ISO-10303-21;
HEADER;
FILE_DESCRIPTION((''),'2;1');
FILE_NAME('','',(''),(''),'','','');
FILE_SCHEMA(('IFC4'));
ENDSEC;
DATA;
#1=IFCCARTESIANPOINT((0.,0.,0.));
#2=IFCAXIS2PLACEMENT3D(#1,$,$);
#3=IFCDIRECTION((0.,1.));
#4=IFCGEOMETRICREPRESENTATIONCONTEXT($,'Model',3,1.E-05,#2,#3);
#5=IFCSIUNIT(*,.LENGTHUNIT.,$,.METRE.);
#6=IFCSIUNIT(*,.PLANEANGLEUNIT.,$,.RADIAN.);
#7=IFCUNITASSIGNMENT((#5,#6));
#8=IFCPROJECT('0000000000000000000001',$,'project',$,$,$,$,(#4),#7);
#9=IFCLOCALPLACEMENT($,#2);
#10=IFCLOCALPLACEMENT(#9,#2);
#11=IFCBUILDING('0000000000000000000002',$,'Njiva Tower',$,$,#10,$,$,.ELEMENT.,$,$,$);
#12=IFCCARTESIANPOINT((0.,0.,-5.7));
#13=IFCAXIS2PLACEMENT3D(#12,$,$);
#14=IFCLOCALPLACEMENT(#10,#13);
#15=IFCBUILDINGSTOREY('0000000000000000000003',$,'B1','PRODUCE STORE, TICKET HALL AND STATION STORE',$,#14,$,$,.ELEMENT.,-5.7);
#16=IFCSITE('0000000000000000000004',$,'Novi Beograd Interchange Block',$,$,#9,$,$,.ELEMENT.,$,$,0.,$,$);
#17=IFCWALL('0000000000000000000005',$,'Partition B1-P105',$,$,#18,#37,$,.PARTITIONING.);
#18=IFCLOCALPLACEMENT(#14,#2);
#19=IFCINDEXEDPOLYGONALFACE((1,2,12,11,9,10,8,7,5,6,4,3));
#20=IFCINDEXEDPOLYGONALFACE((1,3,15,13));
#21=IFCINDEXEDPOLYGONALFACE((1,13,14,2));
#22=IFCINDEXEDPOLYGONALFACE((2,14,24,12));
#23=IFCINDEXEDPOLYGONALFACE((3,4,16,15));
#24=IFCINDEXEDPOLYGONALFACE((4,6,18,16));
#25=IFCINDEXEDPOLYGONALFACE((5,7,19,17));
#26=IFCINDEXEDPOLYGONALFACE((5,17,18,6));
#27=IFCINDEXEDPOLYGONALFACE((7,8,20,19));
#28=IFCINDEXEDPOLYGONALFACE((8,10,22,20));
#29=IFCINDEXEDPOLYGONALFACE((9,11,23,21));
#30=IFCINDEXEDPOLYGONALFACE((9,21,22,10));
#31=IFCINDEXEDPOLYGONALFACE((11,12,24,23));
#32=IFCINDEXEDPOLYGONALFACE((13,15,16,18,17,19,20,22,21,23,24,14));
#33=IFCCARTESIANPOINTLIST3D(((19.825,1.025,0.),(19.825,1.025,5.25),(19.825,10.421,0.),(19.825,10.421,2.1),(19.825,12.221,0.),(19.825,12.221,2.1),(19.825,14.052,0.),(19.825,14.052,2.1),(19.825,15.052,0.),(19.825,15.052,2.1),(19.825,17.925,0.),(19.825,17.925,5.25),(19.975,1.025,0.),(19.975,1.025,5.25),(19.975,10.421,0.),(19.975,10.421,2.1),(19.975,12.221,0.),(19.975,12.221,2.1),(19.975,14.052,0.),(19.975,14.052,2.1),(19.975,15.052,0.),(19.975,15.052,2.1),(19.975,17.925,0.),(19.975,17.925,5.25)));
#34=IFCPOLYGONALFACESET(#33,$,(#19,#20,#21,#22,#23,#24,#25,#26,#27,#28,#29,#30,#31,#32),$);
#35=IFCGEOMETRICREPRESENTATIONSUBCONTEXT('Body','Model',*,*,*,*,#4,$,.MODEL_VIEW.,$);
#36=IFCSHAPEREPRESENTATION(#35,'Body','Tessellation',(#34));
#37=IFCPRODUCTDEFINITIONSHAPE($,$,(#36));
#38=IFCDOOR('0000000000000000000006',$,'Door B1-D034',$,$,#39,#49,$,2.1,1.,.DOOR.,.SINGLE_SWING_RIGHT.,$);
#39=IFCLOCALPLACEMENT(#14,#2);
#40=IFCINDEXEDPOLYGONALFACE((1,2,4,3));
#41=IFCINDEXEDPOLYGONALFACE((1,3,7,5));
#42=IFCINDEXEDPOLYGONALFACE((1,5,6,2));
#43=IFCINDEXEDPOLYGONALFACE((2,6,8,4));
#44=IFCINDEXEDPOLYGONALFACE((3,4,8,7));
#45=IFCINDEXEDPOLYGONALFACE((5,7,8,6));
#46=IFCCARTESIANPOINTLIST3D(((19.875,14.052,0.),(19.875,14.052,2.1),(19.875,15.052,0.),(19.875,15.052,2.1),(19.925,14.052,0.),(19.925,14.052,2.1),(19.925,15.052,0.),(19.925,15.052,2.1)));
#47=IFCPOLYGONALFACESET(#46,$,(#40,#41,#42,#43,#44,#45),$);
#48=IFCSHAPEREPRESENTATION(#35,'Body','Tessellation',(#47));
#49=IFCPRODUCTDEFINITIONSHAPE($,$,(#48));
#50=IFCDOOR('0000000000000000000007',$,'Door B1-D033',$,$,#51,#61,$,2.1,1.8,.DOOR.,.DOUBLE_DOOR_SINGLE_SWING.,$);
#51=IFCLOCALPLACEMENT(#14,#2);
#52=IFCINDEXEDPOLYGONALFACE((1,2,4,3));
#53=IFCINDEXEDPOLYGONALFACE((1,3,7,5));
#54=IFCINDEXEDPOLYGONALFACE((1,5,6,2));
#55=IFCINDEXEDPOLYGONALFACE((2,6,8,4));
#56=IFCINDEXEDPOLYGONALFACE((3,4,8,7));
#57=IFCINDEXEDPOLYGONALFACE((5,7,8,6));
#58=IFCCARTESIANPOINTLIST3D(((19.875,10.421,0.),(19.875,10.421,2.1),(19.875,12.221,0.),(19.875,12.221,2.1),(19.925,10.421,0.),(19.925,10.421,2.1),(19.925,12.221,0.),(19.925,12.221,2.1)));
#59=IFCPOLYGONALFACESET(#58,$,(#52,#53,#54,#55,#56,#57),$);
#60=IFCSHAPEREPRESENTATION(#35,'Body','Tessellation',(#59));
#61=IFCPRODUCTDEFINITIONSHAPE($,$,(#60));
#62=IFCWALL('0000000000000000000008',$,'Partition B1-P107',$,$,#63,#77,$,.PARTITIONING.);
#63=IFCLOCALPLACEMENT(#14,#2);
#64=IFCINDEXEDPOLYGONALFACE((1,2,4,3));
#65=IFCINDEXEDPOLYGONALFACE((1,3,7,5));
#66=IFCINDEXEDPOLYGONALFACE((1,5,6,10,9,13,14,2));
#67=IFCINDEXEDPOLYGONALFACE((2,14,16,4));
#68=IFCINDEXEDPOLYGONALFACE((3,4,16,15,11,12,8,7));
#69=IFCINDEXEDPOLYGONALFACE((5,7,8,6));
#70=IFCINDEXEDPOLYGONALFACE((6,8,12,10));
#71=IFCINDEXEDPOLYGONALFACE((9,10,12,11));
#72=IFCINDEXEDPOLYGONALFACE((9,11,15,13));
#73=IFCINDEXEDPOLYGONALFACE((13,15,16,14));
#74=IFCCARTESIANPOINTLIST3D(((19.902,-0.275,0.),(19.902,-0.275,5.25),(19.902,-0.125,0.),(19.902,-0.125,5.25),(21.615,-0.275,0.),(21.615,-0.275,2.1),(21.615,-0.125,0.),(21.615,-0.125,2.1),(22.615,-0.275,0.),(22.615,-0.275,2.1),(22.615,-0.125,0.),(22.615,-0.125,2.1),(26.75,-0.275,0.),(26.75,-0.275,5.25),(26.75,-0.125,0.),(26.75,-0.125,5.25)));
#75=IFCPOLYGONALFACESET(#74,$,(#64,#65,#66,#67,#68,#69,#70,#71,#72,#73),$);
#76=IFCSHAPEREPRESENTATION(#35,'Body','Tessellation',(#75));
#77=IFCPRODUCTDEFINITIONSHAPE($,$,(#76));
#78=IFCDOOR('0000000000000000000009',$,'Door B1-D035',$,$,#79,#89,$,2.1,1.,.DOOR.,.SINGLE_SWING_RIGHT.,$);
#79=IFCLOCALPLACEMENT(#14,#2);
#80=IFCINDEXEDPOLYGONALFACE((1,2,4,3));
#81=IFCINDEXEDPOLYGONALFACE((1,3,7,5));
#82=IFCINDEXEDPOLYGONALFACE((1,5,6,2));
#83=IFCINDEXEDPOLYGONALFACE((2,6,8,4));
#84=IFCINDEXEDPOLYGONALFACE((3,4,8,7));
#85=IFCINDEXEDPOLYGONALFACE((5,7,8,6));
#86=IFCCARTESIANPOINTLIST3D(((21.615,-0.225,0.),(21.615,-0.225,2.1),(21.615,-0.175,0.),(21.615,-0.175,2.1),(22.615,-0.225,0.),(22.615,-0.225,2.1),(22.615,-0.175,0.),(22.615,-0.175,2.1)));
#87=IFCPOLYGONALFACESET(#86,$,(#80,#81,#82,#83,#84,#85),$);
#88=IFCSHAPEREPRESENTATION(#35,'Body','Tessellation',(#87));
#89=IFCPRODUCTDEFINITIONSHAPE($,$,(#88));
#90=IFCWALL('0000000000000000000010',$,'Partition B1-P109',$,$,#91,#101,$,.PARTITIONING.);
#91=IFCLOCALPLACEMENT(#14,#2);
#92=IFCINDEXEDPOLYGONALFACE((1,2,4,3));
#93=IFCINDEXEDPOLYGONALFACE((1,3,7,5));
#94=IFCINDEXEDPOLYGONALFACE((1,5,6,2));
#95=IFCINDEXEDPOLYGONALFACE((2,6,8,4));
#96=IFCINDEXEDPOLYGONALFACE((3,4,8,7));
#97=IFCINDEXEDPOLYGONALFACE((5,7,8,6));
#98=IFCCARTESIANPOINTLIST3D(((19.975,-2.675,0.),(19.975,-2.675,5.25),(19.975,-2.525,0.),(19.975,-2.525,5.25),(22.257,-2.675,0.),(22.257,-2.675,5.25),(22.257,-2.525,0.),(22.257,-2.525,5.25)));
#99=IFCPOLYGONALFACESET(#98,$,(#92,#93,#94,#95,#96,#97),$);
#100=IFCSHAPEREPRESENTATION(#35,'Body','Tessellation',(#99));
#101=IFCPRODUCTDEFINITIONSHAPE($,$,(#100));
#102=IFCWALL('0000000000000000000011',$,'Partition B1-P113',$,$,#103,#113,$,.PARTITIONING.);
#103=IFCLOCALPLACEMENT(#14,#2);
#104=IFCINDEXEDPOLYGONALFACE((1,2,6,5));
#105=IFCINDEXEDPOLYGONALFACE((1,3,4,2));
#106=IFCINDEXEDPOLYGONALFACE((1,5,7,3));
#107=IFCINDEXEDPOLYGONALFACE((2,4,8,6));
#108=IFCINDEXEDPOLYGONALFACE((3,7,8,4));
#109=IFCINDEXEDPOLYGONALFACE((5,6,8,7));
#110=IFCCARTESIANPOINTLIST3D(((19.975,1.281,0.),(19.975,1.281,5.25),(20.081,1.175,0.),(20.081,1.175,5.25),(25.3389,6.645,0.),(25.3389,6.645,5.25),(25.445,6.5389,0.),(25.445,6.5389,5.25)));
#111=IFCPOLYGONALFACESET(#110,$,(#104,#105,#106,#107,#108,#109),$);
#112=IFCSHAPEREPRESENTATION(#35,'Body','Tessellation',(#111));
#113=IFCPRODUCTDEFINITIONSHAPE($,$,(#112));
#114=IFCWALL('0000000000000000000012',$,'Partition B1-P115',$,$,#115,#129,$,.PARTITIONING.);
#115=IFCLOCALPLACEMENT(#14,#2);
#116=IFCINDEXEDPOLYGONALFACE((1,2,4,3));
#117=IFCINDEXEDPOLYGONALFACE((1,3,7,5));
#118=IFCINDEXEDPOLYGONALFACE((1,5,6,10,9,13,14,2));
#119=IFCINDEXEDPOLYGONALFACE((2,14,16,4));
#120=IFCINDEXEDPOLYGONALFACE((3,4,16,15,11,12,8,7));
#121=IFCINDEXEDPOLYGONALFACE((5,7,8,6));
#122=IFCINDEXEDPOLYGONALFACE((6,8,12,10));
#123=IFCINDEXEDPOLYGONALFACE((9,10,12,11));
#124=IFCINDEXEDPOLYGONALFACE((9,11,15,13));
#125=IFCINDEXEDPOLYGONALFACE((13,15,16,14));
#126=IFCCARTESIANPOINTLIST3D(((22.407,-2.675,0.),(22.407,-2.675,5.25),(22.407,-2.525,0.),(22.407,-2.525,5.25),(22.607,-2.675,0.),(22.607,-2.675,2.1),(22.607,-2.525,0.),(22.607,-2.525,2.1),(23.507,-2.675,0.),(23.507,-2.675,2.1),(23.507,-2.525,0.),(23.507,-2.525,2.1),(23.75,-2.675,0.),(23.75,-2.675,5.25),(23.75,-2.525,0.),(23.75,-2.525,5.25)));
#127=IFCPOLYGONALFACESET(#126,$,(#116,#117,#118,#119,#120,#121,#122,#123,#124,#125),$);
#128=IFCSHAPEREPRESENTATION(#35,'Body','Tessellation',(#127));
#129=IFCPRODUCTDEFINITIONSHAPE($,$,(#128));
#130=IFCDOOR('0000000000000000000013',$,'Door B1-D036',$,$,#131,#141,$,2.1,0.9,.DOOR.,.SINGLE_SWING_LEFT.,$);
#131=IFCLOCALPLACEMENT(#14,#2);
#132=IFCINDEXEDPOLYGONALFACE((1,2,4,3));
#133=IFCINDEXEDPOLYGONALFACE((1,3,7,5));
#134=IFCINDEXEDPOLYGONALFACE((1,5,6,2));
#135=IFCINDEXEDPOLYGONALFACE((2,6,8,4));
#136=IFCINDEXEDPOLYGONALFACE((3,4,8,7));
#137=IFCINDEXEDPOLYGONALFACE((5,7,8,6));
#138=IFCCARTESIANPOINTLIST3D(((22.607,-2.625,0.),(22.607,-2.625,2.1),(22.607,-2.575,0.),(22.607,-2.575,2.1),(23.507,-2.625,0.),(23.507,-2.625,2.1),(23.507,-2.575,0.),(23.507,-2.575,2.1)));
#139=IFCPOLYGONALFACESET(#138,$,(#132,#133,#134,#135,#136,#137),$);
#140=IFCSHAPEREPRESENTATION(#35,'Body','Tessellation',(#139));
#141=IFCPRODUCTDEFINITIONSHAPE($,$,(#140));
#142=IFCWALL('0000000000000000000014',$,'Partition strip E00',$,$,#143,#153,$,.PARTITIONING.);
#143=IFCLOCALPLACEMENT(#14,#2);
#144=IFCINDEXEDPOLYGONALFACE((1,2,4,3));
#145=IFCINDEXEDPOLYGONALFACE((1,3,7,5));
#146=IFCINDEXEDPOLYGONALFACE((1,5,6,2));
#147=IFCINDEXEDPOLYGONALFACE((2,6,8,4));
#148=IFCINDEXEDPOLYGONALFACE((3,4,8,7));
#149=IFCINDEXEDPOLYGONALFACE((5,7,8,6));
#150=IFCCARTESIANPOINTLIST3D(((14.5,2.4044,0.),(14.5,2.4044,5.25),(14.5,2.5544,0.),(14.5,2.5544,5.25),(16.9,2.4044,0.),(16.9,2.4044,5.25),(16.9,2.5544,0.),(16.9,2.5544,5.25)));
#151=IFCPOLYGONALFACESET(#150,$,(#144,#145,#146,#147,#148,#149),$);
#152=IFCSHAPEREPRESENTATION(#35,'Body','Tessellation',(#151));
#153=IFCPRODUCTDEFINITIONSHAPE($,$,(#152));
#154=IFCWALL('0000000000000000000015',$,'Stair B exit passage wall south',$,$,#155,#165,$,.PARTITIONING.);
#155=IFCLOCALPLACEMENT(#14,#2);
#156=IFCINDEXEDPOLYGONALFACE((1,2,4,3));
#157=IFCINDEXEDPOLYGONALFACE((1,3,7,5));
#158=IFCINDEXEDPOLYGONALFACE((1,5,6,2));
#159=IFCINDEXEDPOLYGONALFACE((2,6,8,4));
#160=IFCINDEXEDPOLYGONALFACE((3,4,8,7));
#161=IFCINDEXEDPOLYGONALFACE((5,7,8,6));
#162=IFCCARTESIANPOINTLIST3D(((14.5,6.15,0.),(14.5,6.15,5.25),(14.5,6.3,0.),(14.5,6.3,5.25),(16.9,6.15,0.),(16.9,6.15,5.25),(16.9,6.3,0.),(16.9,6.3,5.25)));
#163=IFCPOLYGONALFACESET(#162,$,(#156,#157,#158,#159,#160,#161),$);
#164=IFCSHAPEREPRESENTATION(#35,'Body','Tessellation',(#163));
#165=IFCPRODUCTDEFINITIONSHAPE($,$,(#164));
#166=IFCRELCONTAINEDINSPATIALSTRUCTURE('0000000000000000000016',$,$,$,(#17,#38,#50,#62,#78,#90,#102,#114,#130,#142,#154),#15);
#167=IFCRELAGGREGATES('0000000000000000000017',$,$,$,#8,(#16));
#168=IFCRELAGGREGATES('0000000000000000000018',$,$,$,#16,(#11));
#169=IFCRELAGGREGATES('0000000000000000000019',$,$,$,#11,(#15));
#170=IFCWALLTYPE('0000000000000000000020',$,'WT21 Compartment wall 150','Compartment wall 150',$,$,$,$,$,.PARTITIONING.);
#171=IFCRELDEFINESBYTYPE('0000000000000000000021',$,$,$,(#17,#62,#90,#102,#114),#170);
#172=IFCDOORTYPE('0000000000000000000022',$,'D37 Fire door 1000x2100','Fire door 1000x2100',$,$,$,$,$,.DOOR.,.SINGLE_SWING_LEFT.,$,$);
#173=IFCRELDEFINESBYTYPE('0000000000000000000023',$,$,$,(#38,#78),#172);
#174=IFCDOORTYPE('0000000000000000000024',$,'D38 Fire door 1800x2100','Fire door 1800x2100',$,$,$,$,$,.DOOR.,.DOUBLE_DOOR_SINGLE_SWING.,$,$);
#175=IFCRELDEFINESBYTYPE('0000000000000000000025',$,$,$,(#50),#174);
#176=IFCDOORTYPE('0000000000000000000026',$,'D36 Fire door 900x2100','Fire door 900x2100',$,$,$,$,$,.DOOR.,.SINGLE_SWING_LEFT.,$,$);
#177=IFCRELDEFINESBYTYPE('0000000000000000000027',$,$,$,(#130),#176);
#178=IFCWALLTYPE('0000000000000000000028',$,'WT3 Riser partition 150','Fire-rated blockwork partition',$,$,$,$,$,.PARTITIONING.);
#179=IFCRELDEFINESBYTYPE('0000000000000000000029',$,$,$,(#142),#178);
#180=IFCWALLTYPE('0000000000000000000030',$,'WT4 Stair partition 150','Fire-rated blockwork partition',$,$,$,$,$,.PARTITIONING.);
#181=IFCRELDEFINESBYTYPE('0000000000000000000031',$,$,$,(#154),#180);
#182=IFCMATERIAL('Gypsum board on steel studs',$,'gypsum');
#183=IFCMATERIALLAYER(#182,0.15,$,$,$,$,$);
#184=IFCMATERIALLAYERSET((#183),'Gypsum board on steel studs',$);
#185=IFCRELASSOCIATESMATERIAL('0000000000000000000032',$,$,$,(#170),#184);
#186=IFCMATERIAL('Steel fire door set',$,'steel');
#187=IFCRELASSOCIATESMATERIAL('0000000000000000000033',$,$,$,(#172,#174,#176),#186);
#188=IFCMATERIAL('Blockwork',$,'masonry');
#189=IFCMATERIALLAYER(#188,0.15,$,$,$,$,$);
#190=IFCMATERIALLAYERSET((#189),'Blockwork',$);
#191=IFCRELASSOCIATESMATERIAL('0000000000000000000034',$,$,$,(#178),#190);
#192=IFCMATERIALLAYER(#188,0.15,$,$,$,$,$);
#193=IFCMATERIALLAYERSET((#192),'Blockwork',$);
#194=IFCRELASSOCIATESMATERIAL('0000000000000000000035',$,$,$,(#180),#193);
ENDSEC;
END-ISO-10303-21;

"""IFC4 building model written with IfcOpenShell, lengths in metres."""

from ifc_helpers import new_model, si_unit, direction, frame, frame_2d, origin, place, context, subcontext, project, spatial, rectangle, extrude, material, layer, layer_set, type_object, element, fill, save


model = new_model("IFC4")

# Units and contexts
model_context = context("Model", 3, precision=1e-05, world=origin(), true_north=direction((0.0, 1.0)))
body_context = subcontext(model_context, "Body", "Model", "MODEL_VIEW")
ifc_project = project(units=[si_unit("LENGTHUNIT", "METRE"), si_unit("PLANEANGLEUNIT", "RADIAN")], contexts=[model_context])

# Site, building, storey
site_placement = place(None, origin())
site = spatial("IfcSite", under=ifc_project, at=site_placement, Name="Novi Beograd Interchange Block", CompositionType="ELEMENT", RefElevation=0.0)
building_placement = place(site_placement, origin())
building = spatial("IfcBuilding", under=site, at=building_placement, Name="Njiva Tower", CompositionType="ELEMENT")
storey_placement = place(building_placement, frame((0.0, 0.0, -5.7)))
storey = spatial("IfcBuildingStorey", under=building, at=storey_placement, Name="B1", Description="PRODUCE STORE, TICKET HALL AND STATION STORE", CompositionType="ELEMENT", Elevation=-5.7)

# Shared definitions
ifc_material_1 = material(Name="Gypsum board on steel studs", Category="gypsum")
ifc_layer_1 = layer(ifc_material_1, 0.15)
ifc_layer_set_1 = layer_set([ifc_layer_1], Name="Gypsum board on steel studs")
wall_type_1 = type_object("IfcWallType", Name="WT21 Compartment wall 150", Description="Compartment wall 150", PredefinedType="PARTITIONING", material=ifc_layer_set_1)

# Wall, openings, doors
wall_1_placement = place(storey_placement, frame((19.9, 1.025, 0.0), z_axis=(0.0, 0.0, 1.0), x_axis=(0.0, 1.0, 0.0)))
wall_1 = element("IfcWall", 1, at=wall_1_placement, inside=storey, type_object=wall_type_1, Name="Partition B1-P105", PredefinedType="PARTITIONING", context=body_context, shape_type="SweptSolid", body=[
    extrude(rectangle(XDim=16.9, YDim=0.15, at=frame_2d((8.45, 0.0))), origin(), (0.0, 0.0, 1.0), 5.25),
])
opening_1_placement = place(wall_1_placement, frame((9.396, 0.0, 0.0)))
opening_1 = element("IfcOpeningElement", 2, at=opening_1_placement, cuts=wall_1, PredefinedType="OPENING", context=body_context, shape_type="SweptSolid", body=[
    extrude(rectangle(XDim=1.8, YDim=2.1, at=frame_2d((0.9, 1.05))), frame((0.0, 0.085, 0.0), z_axis=(0.0, -1.0, 0.0), x_axis=(1.0, 0.0, 0.0)), (0.0, 0.0, 1.0), 0.17),
])
opening_2_placement = place(wall_1_placement, frame((13.027, 0.0, 0.0)))
opening_2 = element("IfcOpeningElement", 3, at=opening_2_placement, cuts=wall_1, PredefinedType="OPENING", context=body_context, shape_type="SweptSolid", body=[
    extrude(rectangle(XDim=1.0, YDim=2.1, at=frame_2d((0.5, 1.05))), frame((0.0, 0.085, 0.0), z_axis=(0.0, -1.0, 0.0), x_axis=(1.0, 0.0, 0.0)), (0.0, 0.0, 1.0), 0.17),
])
ifc_material_2 = material(Name="Steel fire door set", Category="steel")
door_type_1 = type_object("IfcDoorType", Name="D37 Fire door 1000x2100", Description="Fire door 1000x2100", OperationType="SINGLE_SWING_LEFT", PredefinedType="DOOR", material=ifc_material_2)
door_1_placement = place(opening_2_placement, origin())
door_1 = element("IfcDoor", 4, at=door_1_placement, inside=storey, type_object=door_type_1, Name="Door B1-D034", OperationType="SINGLE_SWING_RIGHT", OverallHeight=2.1, OverallWidth=1.0, PredefinedType="DOOR", context=body_context, shape_type="SweptSolid", body=[
    extrude(rectangle(XDim=1.0, YDim=2.1, at=frame_2d((0.5, 1.05))), frame((0.0, 0.025, 0.0), z_axis=(0.0, -1.0, 0.0), x_axis=(1.0, 0.0, 0.0)), (0.0, 0.0, 1.0), 0.05),
])
fill(opening_2, door_1)
door_type_2 = type_object("IfcDoorType", Name="D38 Fire door 1800x2100", Description="Fire door 1800x2100", OperationType="DOUBLE_DOOR_SINGLE_SWING", PredefinedType="DOOR", material=ifc_material_2)
door_2_placement = place(opening_1_placement, origin())
door_2 = element("IfcDoor", 5, at=door_2_placement, inside=storey, type_object=door_type_2, Name="Door B1-D033", OperationType="DOUBLE_DOOR_SINGLE_SWING", OverallHeight=2.1, OverallWidth=1.8, PredefinedType="DOOR", context=body_context, shape_type="SweptSolid", body=[
    extrude(rectangle(XDim=1.8, YDim=2.1, at=frame_2d((0.9, 1.05))), frame((0.0, 0.025, 0.0), z_axis=(0.0, -1.0, 0.0), x_axis=(1.0, 0.0, 0.0)), (0.0, 0.0, 1.0), 0.05),
])
fill(opening_1, door_2)

# Wall, opening, door
wall_2_placement = place(storey_placement, frame((19.902, -0.2, 0.0), z_axis=(0.0, 0.0, 1.0), x_axis=(1.0, 0.0, 0.0)))
wall_2 = element("IfcWall", 6, at=wall_2_placement, inside=storey, type_object=wall_type_1, Name="Partition B1-P107", PredefinedType="PARTITIONING", context=body_context, shape_type="SweptSolid", body=[
    extrude(rectangle(XDim=6.848, YDim=0.15, at=frame_2d((3.424, 0.0))), origin(), (0.0, 0.0, 1.0), 5.25),
])
opening_3_placement = place(wall_2_placement, frame((1.713, 0.0, 0.0)))
opening_3 = element("IfcOpeningElement", 7, at=opening_3_placement, cuts=wall_2, PredefinedType="OPENING", context=body_context, shape_type="SweptSolid", body=[
    extrude(rectangle(XDim=1.0, YDim=2.1, at=frame_2d((0.5, 1.05))), frame((0.0, 0.085, 0.0), z_axis=(0.0, -1.0, 0.0), x_axis=(1.0, 0.0, 0.0)), (0.0, 0.0, 1.0), 0.17),
])
door_3_placement = place(opening_3_placement, origin())
door_3 = element("IfcDoor", 8, at=door_3_placement, inside=storey, type_object=door_type_1, Name="Door B1-D035", OperationType="SINGLE_SWING_RIGHT", OverallHeight=2.1, OverallWidth=1.0, PredefinedType="DOOR", context=body_context, shape_type="SweptSolid", body=[
    extrude(rectangle(XDim=1.0, YDim=2.1, at=frame_2d((0.5, 1.05))), frame((0.0, 0.025, 0.0), z_axis=(0.0, -1.0, 0.0), x_axis=(1.0, 0.0, 0.0)), (0.0, 0.0, 1.0), 0.05),
])
fill(opening_3, door_3)

# Walls
wall_3_placement = place(storey_placement, frame((19.975, -2.6, 0.0), z_axis=(0.0, 0.0, 1.0), x_axis=(1.0, 0.0, 0.0)))
element("IfcWall", 9, at=wall_3_placement, inside=storey, type_object=wall_type_1, Name="Partition B1-P109", PredefinedType="PARTITIONING", context=body_context, shape_type="SweptSolid", body=[
    extrude(rectangle(XDim=2.282, YDim=0.15, at=frame_2d((1.141, 0.0))), origin(), (0.0, 0.0, 1.0), 5.25),
])
wall_4_placement = place(storey_placement, frame((20.028, 1.228, 0.0), z_axis=(0.0, 0.0, 1.0), x_axis=(0.707107, 0.707107, 0.0)))
element("IfcWall", 10, at=wall_4_placement, inside=storey, type_object=wall_type_1, Name="Partition B1-P113", PredefinedType="PARTITIONING", context=body_context, shape_type="SweptSolid", body=[
    extrude(rectangle(XDim=7.5858, YDim=0.15, at=frame_2d((3.7929, 0.0))), origin(), (0.0, 0.0, 1.0), 5.25),
])

# Wall, opening, door
wall_5_placement = place(storey_placement, frame((22.407, -2.6, 0.0), z_axis=(0.0, 0.0, 1.0), x_axis=(1.0, 0.0, 0.0)))
wall_5 = element("IfcWall", 11, at=wall_5_placement, inside=storey, type_object=wall_type_1, Name="Partition B1-P115", PredefinedType="PARTITIONING", context=body_context, shape_type="SweptSolid", body=[
    extrude(rectangle(XDim=1.343, YDim=0.15, at=frame_2d((0.6715, 0.0))), origin(), (0.0, 0.0, 1.0), 5.25),
])
opening_4_placement = place(wall_5_placement, frame((0.2, 0.0, 0.0)))
opening_4 = element("IfcOpeningElement", 12, at=opening_4_placement, cuts=wall_5, PredefinedType="OPENING", context=body_context, shape_type="SweptSolid", body=[
    extrude(rectangle(XDim=0.9, YDim=2.1, at=frame_2d((0.45, 1.05))), frame((0.0, 0.085, 0.0), z_axis=(0.0, -1.0, 0.0), x_axis=(1.0, 0.0, 0.0)), (0.0, 0.0, 1.0), 0.17),
])
door_type_3 = type_object("IfcDoorType", Name="D36 Fire door 900x2100", Description="Fire door 900x2100", OperationType="SINGLE_SWING_LEFT", PredefinedType="DOOR", material=ifc_material_2)
door_4_placement = place(opening_4_placement, origin())
door_4 = element("IfcDoor", 13, at=door_4_placement, inside=storey, type_object=door_type_3, Name="Door B1-D036", OperationType="SINGLE_SWING_LEFT", OverallHeight=2.1, OverallWidth=0.9, PredefinedType="DOOR", context=body_context, shape_type="SweptSolid", body=[
    extrude(rectangle(XDim=0.9, YDim=2.1, at=frame_2d((0.45, 1.05))), frame((0.0, 0.025, 0.0), z_axis=(0.0, -1.0, 0.0), x_axis=(1.0, 0.0, 0.0)), (0.0, 0.0, 1.0), 0.05),
])
fill(opening_4, door_4)

# Walls
ifc_material_3 = material(Name="Blockwork", Category="masonry")
ifc_layer_2 = layer(ifc_material_3, 0.15)
ifc_layer_set_2 = layer_set([ifc_layer_2], Name="Blockwork")
wall_type_2 = type_object("IfcWallType", Name="WT3 Riser partition 150", Description="Fire-rated blockwork partition", PredefinedType="PARTITIONING", material=ifc_layer_set_2)
wall_6_placement = place(storey_placement, frame((14.5, 2.4794, 0.0), z_axis=(0.0, 0.0, 1.0), x_axis=(1.0, 0.0, 0.0)))
element("IfcWall", 14, at=wall_6_placement, inside=storey, type_object=wall_type_2, Name="Partition strip E00", PredefinedType="PARTITIONING", context=body_context, shape_type="SweptSolid", body=[
    extrude(rectangle(XDim=2.4, YDim=0.15, at=frame_2d((1.2, 0.0))), origin(), (0.0, 0.0, 1.0), 5.25),
])
ifc_layer_3 = layer(ifc_material_3, 0.15)
ifc_layer_set_3 = layer_set([ifc_layer_3], Name="Blockwork")
wall_type_3 = type_object("IfcWallType", Name="WT4 Stair partition 150", Description="Fire-rated blockwork partition", PredefinedType="PARTITIONING", material=ifc_layer_set_3)
wall_7_placement = place(storey_placement, frame((14.5, 6.225, 0.0), z_axis=(0.0, 0.0, 1.0), x_axis=(1.0, 0.0, 0.0)))
element("IfcWall", 15, at=wall_7_placement, inside=storey, type_object=wall_type_3, Name="Stair B exit passage wall south", PredefinedType="PARTITIONING", context=body_context, shape_type="SweptSolid", body=[
    extrude(rectangle(XDim=2.4, YDim=0.15, at=frame_2d((1.2, 0.0))), origin(), (0.0, 0.0, 1.0), 5.25),
])

save(model, "model.ifc")
